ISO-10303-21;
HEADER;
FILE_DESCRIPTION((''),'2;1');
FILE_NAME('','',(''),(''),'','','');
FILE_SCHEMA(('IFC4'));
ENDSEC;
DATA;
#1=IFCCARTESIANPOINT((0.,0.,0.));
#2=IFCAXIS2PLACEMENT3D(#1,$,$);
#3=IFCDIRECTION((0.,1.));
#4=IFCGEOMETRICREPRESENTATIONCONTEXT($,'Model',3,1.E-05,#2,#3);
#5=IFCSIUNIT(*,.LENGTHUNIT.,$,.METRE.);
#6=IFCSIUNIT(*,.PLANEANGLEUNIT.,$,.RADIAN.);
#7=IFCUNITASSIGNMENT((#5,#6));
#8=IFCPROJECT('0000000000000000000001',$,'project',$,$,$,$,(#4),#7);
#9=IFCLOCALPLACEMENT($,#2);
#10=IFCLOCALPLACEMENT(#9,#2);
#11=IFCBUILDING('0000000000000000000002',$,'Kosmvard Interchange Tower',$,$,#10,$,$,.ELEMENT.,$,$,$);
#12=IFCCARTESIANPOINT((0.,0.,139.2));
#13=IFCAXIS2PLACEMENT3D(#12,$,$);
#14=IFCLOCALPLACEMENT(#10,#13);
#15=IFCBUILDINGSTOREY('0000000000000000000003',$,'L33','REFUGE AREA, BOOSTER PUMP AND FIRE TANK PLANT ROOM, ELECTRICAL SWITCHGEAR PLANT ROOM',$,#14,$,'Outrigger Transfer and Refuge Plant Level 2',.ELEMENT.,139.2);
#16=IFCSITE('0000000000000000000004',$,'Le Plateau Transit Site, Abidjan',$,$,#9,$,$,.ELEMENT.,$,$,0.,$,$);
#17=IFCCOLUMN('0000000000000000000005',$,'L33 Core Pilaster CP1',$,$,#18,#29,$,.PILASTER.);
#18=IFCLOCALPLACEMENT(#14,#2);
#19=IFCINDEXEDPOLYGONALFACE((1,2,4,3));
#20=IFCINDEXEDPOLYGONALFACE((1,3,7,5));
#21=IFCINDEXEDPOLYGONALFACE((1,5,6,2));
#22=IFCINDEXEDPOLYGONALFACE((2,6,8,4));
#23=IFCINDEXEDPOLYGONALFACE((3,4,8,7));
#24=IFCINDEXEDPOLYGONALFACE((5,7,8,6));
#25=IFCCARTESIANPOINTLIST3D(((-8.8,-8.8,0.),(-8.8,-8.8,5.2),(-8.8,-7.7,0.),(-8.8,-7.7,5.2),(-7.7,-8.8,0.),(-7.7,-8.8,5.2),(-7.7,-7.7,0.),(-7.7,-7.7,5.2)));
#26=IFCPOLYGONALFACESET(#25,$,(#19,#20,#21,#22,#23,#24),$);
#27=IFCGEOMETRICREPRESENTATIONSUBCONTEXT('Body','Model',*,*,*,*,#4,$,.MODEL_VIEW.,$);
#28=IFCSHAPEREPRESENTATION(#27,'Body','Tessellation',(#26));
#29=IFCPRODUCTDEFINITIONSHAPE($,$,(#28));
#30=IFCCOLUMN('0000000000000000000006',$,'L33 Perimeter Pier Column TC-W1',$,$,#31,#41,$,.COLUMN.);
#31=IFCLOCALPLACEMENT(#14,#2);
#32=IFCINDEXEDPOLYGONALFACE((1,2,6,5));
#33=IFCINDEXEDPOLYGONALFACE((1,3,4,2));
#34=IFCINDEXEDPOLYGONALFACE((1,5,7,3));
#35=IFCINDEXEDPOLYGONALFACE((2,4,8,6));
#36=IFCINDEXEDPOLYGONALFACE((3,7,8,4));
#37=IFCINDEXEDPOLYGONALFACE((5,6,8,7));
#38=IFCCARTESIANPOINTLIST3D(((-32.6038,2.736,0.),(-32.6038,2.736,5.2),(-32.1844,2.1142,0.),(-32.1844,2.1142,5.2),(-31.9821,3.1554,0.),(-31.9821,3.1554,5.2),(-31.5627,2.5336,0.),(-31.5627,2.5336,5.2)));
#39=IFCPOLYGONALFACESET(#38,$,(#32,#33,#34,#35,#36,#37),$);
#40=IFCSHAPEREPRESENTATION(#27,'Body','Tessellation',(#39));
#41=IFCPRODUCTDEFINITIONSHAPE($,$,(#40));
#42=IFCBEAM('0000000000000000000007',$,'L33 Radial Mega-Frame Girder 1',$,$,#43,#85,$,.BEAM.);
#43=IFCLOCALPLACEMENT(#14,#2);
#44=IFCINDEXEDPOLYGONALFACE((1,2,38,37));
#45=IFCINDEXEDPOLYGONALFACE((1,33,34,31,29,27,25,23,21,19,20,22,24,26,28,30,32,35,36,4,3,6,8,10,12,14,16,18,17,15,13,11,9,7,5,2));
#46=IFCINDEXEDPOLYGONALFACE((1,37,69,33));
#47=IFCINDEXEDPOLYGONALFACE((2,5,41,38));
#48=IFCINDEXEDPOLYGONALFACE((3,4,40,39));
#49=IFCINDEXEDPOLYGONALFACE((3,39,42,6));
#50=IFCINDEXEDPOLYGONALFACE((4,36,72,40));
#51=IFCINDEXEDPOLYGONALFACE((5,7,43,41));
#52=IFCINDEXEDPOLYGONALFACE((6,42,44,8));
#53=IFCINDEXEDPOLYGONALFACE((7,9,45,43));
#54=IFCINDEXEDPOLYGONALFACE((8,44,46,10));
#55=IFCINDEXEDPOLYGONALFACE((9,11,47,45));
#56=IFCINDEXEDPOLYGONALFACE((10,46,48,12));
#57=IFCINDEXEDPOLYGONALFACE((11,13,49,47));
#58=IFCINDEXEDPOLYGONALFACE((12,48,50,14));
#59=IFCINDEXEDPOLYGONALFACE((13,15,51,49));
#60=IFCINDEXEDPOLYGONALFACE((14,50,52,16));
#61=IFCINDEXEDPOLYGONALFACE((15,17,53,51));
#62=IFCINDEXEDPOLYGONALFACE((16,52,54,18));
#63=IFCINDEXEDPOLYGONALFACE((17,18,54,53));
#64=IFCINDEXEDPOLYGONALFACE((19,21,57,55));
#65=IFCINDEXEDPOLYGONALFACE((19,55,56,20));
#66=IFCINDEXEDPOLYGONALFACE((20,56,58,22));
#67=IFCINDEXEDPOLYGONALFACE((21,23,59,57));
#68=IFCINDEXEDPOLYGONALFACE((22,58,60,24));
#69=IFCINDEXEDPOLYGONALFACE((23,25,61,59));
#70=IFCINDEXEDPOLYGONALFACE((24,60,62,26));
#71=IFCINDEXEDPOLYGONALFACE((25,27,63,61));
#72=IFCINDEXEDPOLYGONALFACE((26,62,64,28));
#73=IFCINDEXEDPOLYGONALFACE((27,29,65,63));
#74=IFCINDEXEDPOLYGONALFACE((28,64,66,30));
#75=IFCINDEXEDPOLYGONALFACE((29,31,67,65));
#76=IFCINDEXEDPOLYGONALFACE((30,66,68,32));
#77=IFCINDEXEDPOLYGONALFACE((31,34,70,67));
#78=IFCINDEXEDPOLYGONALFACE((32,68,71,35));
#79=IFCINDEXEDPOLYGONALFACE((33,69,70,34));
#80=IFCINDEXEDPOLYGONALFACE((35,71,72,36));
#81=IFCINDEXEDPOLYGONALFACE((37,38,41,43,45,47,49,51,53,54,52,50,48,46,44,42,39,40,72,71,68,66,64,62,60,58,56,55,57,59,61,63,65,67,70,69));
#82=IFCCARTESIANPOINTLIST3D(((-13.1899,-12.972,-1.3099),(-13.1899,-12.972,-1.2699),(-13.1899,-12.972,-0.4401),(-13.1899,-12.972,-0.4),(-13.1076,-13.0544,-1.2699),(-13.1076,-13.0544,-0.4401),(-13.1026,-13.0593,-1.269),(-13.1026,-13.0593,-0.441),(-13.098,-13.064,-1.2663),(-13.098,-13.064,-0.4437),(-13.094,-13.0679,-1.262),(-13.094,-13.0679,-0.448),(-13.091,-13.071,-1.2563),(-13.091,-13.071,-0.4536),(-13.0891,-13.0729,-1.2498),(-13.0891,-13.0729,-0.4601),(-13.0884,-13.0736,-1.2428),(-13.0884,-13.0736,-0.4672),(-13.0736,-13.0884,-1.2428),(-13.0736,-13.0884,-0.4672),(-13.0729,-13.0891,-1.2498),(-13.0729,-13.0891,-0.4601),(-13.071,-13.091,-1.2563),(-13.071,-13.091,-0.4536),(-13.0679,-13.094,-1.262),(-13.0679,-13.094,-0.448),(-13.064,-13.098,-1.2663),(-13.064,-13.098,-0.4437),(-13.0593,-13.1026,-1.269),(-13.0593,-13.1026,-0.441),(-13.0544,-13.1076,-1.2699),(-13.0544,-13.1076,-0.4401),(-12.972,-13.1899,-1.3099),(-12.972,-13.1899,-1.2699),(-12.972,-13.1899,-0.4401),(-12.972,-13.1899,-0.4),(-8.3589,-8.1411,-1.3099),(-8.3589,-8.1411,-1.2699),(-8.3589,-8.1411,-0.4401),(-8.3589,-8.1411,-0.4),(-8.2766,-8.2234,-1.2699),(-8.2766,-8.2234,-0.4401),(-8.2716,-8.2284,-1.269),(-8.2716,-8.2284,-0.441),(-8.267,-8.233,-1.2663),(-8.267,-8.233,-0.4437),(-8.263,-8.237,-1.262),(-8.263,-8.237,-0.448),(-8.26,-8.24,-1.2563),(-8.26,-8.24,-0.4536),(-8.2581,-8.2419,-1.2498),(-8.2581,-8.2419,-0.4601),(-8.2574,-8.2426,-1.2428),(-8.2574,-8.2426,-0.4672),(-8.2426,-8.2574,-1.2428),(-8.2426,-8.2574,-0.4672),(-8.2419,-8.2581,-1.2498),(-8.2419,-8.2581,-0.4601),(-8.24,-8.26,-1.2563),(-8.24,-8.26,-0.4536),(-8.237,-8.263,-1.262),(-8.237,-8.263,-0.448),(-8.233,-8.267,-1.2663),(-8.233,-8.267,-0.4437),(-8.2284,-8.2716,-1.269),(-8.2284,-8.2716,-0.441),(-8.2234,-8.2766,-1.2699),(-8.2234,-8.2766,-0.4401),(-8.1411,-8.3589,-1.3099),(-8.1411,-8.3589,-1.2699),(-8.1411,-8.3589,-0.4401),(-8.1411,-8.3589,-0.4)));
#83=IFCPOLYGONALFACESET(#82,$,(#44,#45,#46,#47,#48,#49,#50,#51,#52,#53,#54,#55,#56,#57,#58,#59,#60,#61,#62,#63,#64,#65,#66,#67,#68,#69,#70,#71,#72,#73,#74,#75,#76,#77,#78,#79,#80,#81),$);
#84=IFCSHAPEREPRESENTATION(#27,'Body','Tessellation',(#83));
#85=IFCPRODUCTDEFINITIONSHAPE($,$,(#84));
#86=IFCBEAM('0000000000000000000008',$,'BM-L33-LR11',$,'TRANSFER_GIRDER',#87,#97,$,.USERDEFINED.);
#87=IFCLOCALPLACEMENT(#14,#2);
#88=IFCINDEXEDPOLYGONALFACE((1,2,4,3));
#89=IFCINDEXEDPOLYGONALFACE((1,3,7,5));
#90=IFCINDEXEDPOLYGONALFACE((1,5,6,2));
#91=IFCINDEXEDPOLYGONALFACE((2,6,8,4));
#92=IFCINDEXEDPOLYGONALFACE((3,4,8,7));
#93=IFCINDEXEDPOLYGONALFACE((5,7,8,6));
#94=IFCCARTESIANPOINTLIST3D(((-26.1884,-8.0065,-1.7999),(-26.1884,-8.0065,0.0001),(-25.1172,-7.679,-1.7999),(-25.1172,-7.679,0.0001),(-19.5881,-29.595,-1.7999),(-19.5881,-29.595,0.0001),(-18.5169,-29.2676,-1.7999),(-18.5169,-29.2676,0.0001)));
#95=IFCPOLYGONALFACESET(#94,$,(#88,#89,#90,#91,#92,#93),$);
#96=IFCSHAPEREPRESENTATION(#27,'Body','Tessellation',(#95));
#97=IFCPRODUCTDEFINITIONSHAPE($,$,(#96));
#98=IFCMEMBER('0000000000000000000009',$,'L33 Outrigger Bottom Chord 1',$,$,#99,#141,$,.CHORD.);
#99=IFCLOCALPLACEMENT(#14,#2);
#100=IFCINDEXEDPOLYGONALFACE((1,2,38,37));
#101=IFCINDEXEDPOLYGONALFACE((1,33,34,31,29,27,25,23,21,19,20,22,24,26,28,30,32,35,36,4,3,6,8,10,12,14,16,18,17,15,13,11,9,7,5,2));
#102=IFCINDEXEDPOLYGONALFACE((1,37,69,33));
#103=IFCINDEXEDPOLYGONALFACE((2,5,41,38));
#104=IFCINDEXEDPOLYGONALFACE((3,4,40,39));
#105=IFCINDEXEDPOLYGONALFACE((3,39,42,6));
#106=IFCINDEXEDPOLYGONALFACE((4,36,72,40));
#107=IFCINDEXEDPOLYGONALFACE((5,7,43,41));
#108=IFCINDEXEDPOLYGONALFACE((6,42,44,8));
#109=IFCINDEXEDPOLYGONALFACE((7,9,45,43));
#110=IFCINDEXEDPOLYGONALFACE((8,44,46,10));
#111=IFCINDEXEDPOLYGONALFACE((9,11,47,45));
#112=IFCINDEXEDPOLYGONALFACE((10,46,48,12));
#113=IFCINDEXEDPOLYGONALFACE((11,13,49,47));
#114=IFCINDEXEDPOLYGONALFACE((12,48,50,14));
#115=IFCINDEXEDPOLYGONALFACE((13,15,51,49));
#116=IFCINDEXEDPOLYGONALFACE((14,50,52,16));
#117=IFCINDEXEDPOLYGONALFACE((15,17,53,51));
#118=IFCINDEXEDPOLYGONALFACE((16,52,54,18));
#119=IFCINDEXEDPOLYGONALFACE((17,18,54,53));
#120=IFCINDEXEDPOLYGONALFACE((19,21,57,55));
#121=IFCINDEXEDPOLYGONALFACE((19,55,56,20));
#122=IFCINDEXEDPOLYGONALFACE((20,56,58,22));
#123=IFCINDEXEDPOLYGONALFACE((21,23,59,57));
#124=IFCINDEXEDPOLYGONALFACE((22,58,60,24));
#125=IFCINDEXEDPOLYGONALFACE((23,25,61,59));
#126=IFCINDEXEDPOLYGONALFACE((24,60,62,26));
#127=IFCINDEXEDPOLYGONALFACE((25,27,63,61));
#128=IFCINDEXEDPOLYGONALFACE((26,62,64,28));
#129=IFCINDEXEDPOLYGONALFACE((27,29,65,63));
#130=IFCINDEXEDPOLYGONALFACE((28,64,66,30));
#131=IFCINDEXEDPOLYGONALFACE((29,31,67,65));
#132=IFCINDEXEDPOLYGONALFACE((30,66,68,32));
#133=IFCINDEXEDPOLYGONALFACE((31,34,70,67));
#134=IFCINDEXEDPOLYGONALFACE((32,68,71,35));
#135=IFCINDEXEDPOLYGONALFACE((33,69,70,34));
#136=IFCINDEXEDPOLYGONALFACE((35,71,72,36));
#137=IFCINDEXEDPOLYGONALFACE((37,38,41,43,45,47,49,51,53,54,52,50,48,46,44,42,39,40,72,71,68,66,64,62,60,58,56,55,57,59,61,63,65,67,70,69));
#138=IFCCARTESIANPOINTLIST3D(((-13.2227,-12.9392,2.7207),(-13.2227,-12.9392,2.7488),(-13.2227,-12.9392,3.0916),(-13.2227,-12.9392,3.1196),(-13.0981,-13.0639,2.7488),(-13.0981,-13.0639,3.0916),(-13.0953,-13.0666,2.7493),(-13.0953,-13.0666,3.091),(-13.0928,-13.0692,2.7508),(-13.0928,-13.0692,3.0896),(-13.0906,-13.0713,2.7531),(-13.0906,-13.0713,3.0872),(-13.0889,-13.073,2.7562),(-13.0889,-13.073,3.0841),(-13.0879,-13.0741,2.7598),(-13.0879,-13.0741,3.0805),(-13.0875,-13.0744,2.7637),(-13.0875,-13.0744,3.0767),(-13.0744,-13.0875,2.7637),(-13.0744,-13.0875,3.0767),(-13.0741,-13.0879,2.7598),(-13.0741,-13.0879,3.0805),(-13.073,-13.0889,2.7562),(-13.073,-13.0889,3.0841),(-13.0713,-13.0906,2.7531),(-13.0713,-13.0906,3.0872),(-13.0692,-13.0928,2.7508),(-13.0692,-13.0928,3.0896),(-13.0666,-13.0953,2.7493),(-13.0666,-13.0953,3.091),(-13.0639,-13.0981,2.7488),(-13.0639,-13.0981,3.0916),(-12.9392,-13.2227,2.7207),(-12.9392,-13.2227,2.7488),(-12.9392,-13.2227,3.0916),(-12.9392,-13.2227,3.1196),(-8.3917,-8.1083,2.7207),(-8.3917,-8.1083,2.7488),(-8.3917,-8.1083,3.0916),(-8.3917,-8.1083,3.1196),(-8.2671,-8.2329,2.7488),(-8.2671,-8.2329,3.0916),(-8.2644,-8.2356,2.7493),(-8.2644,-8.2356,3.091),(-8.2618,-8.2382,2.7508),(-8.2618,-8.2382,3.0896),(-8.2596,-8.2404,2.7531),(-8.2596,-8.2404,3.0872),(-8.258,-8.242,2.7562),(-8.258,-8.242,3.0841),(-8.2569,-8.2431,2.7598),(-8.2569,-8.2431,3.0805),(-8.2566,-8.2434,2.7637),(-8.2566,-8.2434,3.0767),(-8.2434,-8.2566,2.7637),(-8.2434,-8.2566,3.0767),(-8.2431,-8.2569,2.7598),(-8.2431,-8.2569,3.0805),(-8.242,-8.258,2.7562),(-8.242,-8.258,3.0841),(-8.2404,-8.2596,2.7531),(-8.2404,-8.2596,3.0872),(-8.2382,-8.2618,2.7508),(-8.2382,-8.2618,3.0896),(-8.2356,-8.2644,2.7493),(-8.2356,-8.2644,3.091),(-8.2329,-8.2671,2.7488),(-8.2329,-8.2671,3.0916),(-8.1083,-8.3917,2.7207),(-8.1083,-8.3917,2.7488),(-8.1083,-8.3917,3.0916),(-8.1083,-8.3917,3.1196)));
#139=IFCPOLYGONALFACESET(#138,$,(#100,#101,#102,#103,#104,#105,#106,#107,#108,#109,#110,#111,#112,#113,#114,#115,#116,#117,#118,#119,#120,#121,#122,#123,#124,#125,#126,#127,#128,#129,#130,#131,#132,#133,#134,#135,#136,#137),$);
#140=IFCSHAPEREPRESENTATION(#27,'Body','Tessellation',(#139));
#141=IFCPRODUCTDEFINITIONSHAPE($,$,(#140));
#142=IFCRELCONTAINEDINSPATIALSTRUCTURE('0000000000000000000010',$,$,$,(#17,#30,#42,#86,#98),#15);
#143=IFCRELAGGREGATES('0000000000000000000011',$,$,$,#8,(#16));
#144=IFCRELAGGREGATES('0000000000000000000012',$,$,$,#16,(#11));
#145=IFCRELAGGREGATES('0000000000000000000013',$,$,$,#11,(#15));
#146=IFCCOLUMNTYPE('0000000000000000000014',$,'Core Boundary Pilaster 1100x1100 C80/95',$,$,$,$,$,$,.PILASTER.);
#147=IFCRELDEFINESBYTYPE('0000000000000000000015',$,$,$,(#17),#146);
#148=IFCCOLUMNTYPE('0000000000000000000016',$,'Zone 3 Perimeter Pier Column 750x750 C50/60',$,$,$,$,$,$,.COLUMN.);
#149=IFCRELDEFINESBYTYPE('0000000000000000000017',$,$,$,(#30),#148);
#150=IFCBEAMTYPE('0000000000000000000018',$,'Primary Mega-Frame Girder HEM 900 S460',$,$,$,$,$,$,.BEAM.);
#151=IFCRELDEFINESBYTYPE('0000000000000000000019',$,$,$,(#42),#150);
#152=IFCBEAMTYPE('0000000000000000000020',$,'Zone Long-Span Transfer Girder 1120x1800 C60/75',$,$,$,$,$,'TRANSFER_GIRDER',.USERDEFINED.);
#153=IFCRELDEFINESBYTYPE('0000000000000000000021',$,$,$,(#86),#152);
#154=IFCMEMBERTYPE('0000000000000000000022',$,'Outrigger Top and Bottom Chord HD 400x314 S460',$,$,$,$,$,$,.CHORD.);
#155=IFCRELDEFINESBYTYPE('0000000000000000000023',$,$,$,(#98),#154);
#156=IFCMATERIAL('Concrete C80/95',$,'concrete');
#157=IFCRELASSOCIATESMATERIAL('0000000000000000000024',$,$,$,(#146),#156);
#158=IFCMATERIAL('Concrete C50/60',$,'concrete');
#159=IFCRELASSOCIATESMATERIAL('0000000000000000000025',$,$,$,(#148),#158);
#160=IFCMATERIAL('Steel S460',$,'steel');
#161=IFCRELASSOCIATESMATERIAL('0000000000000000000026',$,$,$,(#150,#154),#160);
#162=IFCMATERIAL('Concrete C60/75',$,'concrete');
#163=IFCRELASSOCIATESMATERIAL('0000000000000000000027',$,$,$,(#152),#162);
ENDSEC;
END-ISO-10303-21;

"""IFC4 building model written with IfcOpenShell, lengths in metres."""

from ifc_helpers import new_model, si_unit, direction, frame, origin, origin_2d, place, context, subcontext, project, spatial, rectangle, i_section, extrude, source, transform, mapped, material, material_profile, profile_set, type_object, element, save


model = new_model("IFC4")

# Units and contexts
model_context = context("Model", 3, precision=1e-05, world=origin(), true_north=direction((0.0, 1.0)))
body_context = subcontext(model_context, "Body", "Model", "MODEL_VIEW")
ifc_project = project(units=[si_unit("LENGTHUNIT", "METRE"), si_unit("PLANEANGLEUNIT", "RADIAN")], contexts=[model_context])

# Site, building, storey
site_placement = place(None, origin())
site = spatial("IfcSite", under=ifc_project, at=site_placement, Name="Le Plateau Transit Site, Abidjan", CompositionType="ELEMENT", RefElevation=0.0)
building_placement = place(site_placement, origin())
building = spatial("IfcBuilding", under=site, at=building_placement, Name="Kosmvard Interchange Tower", CompositionType="ELEMENT")
storey_placement = place(building_placement, frame((0.0, 0.0, 139.2)))
storey = spatial("IfcBuildingStorey", under=building, at=storey_placement, Name="L33", Description="REFUGE AREA, BOOSTER PUMP AND FIRE TANK PLANT ROOM, ELECTRICAL SWITCHGEAR PLANT ROOM", LongName="Outrigger Transfer and Refuge Plant Level 2", CompositionType="ELEMENT", Elevation=139.2)

# Columns
ifc_material_1 = material(Name="Concrete C80/95", Category="concrete")
ifc_material_profile_1 = material_profile(ifc_material_1, rectangle(XDim=1.1001, YDim=1.1001, at=origin_2d()), Name="CP 1100x1100")
ifc_profile_set_1 = profile_set([ifc_material_profile_1], Name="Concrete C80/95")
column_type_1 = type_object("IfcColumnType", Name="Core Boundary Pilaster 1100x1100 C80/95", PredefinedType="PILASTER", material=ifc_profile_set_1)
shared_shape_1 = source(origin(), body_context, "Body", "SweptSolid", [
    extrude(rectangle(XDim=1.1001, YDim=1.1001, at=origin_2d()), origin(), (0.0, 0.0, 1.0), 5.2),
])
column_1_placement = place(storey_placement, frame((-8.25, -8.25, 0.0), z_axis=(0.0, 0.0, 1.0), x_axis=(1.0, 0.0, 0.0)))
element("IfcColumn", 1, at=column_1_placement, inside=storey, type_object=column_type_1, Name="L33 Core Pilaster CP1", PredefinedType="PILASTER", context=body_context, shape_type="MappedRepresentation", body=[
    mapped(shared_shape_1, transform((0.0, 0.0, 0.0), scale=1.0)),
])
ifc_material_2 = material(Name="Concrete C50/60", Category="concrete")
ifc_material_profile_2 = material_profile(ifc_material_2, rectangle(XDim=0.75, YDim=0.75, at=origin_2d()), Name="TC 750x750")
ifc_profile_set_2 = profile_set([ifc_material_profile_2], Name="Concrete C50/60")
column_type_2 = type_object("IfcColumnType", Name="Zone 3 Perimeter Pier Column 750x750 C50/60", PredefinedType="COLUMN", material=ifc_profile_set_2)
shared_shape_2 = source(origin(), body_context, "Body", "SweptSolid", [
    extrude(rectangle(XDim=0.75, YDim=0.75, at=origin_2d()), origin(), (0.0, 0.0, 1.0), 5.2),
])
column_2_placement = place(storey_placement, frame((-32.0833, 2.6348, 0.0), z_axis=(0.0, 0.0, 1.0), x_axis=(0.829038, 0.559193, 0.0)))
element("IfcColumn", 2, at=column_2_placement, inside=storey, type_object=column_type_2, Name="L33 Perimeter Pier Column TC-W1", PredefinedType="COLUMN", context=body_context, shape_type="MappedRepresentation", body=[
    mapped(shared_shape_2, transform((0.0, 0.0, 0.0), scale=1.0)),
])

# Beams
ifc_material_3 = material(Name="Steel S460", Category="steel")
ifc_material_profile_3 = material_profile(ifc_material_3, i_section(OverallWidth=0.3081, OverallDepth=0.9099, WebThickness=0.021, FlangeThickness=0.04, FilletRadius=0.0271, at=origin_2d()), Name="HEM 900")
ifc_profile_set_3 = profile_set([ifc_material_profile_3], Name="Steel S460")
beam_type_1 = type_object("IfcBeamType", Name="Primary Mega-Frame Girder HEM 900 S460", PredefinedType="BEAM", material=ifc_profile_set_3)
shared_shape_3 = source(origin(), body_context, "Body", "SweptSolid", [
    extrude(i_section(OverallWidth=0.3081, OverallDepth=0.9099, WebThickness=0.021, FlangeThickness=0.04, FilletRadius=0.0271, at=origin_2d()), origin(), (0.0, 0.0, 1.0), 6.832),
])
beam_1_placement = place(storey_placement, frame((-8.25, -8.25, -0.855), z_axis=(-0.707107, -0.707107, 0.0), x_axis=(0.707107, -0.707107, 0.0)))
element("IfcBeam", 3, at=beam_1_placement, inside=storey, type_object=beam_type_1, Name="L33 Radial Mega-Frame Girder 1", PredefinedType="BEAM", context=body_context, shape_type="MappedRepresentation", body=[
    mapped(shared_shape_3, transform((0.0, 0.0, 0.0), scale=1.0)),
])
ifc_material_4 = material(Name="Concrete C60/75", Category="concrete")
ifc_material_profile_4 = material_profile(ifc_material_4, rectangle(XDim=1.1201, YDim=1.8, at=origin_2d()), Name="TG 1120x1800")
ifc_profile_set_4 = profile_set([ifc_material_profile_4], Name="Concrete C60/75")
beam_type_2 = type_object("IfcBeamType", Name="Zone Long-Span Transfer Girder 1120x1800 C60/75", ElementType="TRANSFER_GIRDER", PredefinedType="USERDEFINED", material=ifc_profile_set_4)
shared_shape_4 = source(origin(), body_context, "Body", "SweptSolid", [
    extrude(rectangle(XDim=1.1201, YDim=1.8, at=origin_2d()), origin(), (0.0, 0.0, 1.0), 22.575),
])
beam_2_placement = place(storey_placement, frame((-25.6528, -7.8428, -0.8999), z_axis=(0.292373, -0.956304, 0.0), x_axis=(0.956304, 0.292373, 0.0)))
element("IfcBeam", 4, at=beam_2_placement, inside=storey, type_object=beam_type_2, Name="BM-L33-LR11", ObjectType="TRANSFER_GIRDER", PredefinedType="USERDEFINED", context=body_context, shape_type="MappedRepresentation", body=[
    mapped(shared_shape_4, transform((0.0, 0.0, 0.0), scale=1.0)),
])

# Member
ifc_material_profile_5 = material_profile(ifc_material_3, i_section(OverallWidth=0.4009, OverallDepth=0.3989, WebThickness=0.0186, FlangeThickness=0.0281, FilletRadius=0.0149, at=origin_2d()), Name="HD 400x314")
ifc_profile_set_5 = profile_set([ifc_material_profile_5], Name="Steel S460")
member_type_1 = type_object("IfcMemberType", Name="Outrigger Top and Bottom Chord HD 400x314 S460", PredefinedType="CHORD", material=ifc_profile_set_5)
shared_shape_5 = source(origin(), body_context, "Body", "SweptSolid", [
    extrude(i_section(OverallWidth=0.4009, OverallDepth=0.3989, WebThickness=0.0186, FlangeThickness=0.0281, FilletRadius=0.0149, at=origin_2d()), origin(), (0.0, 0.0, 1.0), 6.832),
])
member_1_placement = place(storey_placement, frame((-8.25, -8.25, 2.9202), z_axis=(-0.707107, -0.707107, 0.0), x_axis=(0.707107, -0.707107, 0.0)))
element("IfcMember", 5, at=member_1_placement, inside=storey, type_object=member_type_1, Name="L33 Outrigger Bottom Chord 1", PredefinedType="CHORD", context=body_context, shape_type="MappedRepresentation", body=[
    mapped(shared_shape_5, transform((0.0, 0.0, 0.0), scale=1.0)),
])

save(model, "model.ifc")
